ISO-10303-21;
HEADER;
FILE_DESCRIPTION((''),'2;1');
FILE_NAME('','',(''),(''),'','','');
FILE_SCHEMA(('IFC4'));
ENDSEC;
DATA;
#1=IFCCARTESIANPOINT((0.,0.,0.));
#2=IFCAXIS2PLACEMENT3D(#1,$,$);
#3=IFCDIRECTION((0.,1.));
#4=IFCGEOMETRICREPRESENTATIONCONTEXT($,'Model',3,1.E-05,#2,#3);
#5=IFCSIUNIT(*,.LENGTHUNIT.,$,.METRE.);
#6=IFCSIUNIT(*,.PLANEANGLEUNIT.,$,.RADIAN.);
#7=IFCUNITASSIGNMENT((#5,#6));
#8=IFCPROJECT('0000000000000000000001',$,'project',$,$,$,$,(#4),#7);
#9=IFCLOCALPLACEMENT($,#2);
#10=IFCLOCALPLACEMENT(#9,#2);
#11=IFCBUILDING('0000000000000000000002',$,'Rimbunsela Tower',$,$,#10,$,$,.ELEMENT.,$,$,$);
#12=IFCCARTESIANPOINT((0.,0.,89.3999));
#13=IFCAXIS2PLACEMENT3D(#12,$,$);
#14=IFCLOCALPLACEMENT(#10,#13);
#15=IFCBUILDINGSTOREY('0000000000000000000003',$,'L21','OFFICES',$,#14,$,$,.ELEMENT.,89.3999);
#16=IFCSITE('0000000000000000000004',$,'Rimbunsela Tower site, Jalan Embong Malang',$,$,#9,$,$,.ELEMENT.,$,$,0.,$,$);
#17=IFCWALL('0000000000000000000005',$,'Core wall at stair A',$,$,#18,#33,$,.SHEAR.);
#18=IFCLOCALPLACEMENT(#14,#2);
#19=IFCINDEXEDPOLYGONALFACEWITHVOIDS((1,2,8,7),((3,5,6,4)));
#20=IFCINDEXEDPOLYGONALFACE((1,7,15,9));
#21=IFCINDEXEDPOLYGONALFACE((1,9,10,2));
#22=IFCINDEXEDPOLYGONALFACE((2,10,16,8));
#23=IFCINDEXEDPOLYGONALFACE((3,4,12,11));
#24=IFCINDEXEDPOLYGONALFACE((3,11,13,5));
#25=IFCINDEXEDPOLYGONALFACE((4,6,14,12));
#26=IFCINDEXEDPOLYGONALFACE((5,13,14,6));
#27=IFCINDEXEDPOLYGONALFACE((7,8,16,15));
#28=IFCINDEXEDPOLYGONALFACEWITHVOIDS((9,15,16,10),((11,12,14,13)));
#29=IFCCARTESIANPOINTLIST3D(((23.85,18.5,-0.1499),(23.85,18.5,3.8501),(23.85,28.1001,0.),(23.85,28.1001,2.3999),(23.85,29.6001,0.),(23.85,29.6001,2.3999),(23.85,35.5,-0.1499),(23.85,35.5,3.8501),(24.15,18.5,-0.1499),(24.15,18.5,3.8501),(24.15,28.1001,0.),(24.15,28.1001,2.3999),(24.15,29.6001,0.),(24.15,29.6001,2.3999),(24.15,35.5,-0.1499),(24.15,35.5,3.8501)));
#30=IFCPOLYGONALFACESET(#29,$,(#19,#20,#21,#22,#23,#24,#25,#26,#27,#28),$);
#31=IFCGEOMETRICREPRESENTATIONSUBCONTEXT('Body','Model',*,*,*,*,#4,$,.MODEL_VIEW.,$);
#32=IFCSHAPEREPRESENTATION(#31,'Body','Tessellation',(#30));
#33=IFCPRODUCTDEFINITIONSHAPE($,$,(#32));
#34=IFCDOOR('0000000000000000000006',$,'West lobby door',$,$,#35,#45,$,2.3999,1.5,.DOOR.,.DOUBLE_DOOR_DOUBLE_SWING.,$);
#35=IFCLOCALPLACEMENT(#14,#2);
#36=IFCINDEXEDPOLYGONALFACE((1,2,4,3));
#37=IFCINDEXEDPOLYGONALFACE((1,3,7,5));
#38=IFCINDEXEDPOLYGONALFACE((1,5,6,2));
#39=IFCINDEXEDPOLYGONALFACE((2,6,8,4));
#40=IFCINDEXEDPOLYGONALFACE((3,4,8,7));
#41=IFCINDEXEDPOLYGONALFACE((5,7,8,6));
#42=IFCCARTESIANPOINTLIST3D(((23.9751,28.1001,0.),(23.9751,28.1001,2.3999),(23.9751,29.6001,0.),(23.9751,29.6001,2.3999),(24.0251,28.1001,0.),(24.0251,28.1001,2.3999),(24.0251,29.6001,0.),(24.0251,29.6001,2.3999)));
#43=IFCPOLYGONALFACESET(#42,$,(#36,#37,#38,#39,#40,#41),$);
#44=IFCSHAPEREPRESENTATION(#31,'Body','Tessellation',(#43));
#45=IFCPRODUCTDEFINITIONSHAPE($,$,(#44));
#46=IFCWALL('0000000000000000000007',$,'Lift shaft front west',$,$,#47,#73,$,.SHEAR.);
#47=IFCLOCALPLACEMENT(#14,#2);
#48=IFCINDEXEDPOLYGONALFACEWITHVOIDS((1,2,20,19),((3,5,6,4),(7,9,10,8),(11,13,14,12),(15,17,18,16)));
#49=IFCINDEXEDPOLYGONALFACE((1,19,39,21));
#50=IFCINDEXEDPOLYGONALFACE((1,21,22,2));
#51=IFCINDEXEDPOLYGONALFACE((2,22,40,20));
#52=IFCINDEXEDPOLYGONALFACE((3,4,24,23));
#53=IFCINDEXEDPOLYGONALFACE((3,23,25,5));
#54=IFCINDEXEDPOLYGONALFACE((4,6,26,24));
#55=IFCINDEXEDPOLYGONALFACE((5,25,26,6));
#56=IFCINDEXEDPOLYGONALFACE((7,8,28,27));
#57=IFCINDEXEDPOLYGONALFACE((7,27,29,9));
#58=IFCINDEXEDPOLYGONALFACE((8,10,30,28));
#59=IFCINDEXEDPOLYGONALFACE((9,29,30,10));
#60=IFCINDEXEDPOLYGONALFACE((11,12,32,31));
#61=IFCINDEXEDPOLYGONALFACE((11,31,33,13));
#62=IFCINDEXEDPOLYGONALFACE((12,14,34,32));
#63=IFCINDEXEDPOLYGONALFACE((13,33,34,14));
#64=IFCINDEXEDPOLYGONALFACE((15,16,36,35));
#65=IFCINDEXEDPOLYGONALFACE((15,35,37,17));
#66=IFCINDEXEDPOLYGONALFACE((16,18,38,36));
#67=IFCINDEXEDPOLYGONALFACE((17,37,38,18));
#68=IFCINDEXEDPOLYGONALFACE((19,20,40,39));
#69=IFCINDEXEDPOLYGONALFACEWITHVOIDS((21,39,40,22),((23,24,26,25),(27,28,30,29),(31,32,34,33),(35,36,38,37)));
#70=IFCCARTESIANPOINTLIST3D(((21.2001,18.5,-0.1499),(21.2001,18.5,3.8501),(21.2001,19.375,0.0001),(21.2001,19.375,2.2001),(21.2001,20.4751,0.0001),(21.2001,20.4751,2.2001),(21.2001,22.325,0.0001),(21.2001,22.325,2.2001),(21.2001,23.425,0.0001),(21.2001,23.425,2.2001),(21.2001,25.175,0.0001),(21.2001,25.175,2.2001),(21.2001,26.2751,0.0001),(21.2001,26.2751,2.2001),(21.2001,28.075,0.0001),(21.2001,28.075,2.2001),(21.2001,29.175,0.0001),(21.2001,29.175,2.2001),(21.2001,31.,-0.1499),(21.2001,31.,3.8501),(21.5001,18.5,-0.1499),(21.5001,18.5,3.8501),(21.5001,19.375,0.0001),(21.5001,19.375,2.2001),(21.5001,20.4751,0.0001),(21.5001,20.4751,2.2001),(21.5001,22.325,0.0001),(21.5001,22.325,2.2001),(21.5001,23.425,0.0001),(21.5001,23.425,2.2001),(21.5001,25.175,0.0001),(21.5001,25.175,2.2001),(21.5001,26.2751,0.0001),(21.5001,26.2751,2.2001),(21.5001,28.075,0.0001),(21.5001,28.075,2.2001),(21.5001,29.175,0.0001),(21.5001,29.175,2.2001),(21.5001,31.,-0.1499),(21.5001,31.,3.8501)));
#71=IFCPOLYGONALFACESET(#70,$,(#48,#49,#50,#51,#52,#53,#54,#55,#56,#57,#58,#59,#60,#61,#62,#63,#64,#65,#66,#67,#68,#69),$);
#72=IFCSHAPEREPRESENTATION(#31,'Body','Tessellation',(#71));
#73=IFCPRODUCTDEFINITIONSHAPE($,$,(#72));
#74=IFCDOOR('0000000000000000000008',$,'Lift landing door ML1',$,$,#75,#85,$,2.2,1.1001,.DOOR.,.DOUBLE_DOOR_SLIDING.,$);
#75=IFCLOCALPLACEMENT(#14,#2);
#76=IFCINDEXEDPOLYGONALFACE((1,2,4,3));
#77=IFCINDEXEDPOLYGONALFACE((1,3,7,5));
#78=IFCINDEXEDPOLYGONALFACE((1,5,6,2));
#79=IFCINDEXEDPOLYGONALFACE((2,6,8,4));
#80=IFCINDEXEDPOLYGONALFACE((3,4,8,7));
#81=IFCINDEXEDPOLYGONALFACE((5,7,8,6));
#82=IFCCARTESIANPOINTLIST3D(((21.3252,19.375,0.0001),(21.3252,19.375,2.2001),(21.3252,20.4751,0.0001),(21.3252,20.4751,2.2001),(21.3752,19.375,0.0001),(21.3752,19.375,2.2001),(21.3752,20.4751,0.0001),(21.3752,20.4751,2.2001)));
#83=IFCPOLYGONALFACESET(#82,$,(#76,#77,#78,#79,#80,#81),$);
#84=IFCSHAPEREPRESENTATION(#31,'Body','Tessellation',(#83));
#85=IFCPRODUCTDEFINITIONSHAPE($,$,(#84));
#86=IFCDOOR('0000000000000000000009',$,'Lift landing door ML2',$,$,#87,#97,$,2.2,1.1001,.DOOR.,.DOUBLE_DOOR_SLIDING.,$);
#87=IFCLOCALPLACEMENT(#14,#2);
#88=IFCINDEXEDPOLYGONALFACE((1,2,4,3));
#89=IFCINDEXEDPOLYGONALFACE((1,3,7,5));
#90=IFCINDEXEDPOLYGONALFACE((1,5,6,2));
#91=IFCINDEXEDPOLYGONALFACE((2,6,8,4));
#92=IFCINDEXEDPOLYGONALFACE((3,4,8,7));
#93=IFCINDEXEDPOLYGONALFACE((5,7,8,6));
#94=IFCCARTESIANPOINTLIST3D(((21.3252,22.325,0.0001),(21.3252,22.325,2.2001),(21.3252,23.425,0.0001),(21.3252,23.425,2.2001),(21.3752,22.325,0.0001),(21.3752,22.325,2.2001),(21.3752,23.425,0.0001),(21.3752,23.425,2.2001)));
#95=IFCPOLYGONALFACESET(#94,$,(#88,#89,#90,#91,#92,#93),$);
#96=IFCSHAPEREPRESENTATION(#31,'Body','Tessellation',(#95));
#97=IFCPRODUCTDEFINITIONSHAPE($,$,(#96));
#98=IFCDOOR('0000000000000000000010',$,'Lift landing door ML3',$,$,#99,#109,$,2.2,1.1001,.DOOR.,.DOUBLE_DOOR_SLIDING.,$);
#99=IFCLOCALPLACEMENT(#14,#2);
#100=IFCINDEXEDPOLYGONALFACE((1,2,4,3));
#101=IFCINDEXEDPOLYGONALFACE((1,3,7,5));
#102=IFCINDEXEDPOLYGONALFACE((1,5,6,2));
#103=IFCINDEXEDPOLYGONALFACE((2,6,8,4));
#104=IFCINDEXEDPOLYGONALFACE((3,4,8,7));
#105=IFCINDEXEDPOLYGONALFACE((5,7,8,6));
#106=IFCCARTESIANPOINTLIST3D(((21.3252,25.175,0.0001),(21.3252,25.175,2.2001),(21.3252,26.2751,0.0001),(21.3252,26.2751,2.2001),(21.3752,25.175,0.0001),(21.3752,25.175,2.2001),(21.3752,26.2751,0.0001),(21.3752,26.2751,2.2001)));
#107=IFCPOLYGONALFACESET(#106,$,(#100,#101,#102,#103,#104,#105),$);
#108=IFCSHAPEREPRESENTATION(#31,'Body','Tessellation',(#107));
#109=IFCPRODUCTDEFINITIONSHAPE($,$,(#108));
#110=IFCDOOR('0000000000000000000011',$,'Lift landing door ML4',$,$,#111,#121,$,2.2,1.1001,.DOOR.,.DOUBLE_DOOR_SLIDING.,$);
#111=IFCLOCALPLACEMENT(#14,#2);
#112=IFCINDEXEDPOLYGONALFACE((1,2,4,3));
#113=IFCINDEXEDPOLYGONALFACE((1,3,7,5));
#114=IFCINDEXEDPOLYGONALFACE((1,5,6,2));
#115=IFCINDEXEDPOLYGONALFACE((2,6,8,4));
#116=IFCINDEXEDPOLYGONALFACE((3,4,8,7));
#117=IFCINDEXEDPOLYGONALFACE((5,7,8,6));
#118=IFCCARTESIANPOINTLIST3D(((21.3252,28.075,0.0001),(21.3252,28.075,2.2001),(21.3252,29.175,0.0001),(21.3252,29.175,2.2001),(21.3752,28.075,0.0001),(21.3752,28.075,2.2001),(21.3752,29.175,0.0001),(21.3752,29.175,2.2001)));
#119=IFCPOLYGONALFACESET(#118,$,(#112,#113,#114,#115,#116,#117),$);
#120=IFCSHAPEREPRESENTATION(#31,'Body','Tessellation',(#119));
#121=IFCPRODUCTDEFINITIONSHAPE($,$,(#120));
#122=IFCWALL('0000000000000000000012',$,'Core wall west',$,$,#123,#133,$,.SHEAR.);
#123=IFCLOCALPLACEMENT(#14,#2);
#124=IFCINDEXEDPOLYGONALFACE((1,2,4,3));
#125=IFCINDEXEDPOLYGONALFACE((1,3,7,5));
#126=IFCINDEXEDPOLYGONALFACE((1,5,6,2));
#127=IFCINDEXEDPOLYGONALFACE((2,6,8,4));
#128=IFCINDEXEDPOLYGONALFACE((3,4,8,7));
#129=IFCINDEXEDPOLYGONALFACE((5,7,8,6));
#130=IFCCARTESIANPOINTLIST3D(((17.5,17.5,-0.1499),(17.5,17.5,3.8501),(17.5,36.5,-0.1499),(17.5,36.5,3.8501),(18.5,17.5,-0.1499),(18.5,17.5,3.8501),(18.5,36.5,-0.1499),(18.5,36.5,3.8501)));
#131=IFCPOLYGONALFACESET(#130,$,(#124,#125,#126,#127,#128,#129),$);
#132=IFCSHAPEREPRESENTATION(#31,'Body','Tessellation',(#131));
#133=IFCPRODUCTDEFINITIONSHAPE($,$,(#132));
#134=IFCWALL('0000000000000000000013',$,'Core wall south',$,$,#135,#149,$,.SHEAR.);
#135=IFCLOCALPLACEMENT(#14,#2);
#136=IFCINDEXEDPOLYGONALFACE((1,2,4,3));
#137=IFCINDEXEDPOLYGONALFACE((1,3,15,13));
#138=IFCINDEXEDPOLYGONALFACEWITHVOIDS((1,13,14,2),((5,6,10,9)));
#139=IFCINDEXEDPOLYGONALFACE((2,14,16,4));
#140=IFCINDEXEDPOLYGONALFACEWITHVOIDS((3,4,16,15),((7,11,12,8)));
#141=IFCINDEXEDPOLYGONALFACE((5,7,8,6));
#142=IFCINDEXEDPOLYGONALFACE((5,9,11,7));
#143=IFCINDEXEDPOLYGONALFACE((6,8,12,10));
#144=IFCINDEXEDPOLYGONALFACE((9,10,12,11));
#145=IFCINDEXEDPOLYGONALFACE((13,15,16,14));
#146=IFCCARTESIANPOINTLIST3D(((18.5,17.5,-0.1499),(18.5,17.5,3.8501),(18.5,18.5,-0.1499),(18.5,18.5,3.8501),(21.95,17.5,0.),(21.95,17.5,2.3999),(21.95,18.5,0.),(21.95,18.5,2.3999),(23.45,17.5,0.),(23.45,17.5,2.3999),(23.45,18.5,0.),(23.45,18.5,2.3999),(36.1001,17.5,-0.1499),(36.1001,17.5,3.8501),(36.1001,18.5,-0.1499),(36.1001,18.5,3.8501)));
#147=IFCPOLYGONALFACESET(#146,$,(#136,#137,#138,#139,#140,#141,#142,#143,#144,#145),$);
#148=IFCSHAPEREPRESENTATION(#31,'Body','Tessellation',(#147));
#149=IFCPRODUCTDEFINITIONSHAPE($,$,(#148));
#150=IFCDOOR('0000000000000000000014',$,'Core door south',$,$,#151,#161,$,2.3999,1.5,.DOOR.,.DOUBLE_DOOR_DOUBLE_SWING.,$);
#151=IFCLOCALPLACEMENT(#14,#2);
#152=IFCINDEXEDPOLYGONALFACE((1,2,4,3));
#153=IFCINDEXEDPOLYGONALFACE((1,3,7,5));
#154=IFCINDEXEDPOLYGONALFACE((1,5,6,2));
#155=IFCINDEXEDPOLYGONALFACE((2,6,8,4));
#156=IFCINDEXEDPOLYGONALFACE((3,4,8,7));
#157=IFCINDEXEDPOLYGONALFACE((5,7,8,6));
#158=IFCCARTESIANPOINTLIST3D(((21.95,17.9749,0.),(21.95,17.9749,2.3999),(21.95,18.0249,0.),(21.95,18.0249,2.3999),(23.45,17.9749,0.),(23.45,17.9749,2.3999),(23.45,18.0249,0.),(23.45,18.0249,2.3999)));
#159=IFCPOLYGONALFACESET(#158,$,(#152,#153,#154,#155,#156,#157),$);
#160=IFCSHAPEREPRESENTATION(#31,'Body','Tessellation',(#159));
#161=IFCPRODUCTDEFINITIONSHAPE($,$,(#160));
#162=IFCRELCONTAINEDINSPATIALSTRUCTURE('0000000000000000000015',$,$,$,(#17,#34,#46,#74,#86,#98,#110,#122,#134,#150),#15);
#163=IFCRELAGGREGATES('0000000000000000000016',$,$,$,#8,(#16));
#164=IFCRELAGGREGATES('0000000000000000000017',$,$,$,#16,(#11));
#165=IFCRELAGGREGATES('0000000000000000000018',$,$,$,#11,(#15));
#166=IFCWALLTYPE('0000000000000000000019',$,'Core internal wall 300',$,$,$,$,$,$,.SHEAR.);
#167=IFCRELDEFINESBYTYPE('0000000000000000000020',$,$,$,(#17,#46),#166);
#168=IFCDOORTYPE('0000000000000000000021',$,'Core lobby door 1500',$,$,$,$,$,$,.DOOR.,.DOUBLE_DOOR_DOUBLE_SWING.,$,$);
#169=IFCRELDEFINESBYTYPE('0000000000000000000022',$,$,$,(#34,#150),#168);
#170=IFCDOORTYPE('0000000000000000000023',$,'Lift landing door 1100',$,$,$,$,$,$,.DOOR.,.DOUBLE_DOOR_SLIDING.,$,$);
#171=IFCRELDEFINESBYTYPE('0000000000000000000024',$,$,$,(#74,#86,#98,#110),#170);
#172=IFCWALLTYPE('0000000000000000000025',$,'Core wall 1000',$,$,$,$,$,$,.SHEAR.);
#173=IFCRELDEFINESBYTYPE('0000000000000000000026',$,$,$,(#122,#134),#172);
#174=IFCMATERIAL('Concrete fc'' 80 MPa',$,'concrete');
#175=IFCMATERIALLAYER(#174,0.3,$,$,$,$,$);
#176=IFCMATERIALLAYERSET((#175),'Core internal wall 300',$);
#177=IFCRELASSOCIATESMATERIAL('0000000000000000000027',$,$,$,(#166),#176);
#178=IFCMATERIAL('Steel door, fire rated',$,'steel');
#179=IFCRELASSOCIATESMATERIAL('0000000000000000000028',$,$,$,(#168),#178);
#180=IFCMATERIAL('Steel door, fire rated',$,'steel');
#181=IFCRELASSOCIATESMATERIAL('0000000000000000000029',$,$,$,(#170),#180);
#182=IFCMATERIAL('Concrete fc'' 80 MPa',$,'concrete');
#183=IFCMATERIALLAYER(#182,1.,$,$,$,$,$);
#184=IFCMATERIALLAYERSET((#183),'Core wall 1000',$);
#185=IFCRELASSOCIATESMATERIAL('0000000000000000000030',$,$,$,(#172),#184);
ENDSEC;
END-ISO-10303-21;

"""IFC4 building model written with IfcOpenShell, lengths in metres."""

from ifc_helpers import new_model, si_unit, direction, frame, frame_2d, origin, place, context, subcontext, project, spatial, rectangle, extrude, material, layer, layer_set, type_object, element, fill, save


model = new_model("IFC4")

# Units and contexts
model_context = context("Model", 3, precision=1e-05, world=origin(), true_north=direction((0.0, 1.0)))
body_context = subcontext(model_context, "Body", "Model", "MODEL_VIEW")
ifc_project = project(units=[si_unit("LENGTHUNIT", "METRE"), si_unit("PLANEANGLEUNIT", "RADIAN")], contexts=[model_context])

# Site, building, storey
site_placement = place(None, origin())
site = spatial("IfcSite", under=ifc_project, at=site_placement, Name="Rimbunsela Tower site, Jalan Embong Malang", CompositionType="ELEMENT", RefElevation=0.0)
building_placement = place(site_placement, origin())
building = spatial("IfcBuilding", under=site, at=building_placement, Name="Rimbunsela Tower", CompositionType="ELEMENT")
storey_placement = place(building_placement, frame((0.0, 0.0, 89.3999)))
storey = spatial("IfcBuildingStorey", under=building, at=storey_placement, Name="L21", Description="OFFICES", CompositionType="ELEMENT", Elevation=89.3999)

# Wall, opening, door
ifc_material_1 = material(Name="Concrete fc' 80 MPa", Category="concrete")
ifc_layer_1 = layer(ifc_material_1, 0.3)
ifc_layer_set_1 = layer_set([ifc_layer_1], Name="Core internal wall 300")
wall_type_1 = type_object("IfcWallType", Name="Core internal wall 300", PredefinedType="SHEAR", material=ifc_layer_set_1)
wall_1_placement = place(storey_placement, frame((24.0, 18.5, -0.1499), z_axis=(0.0, 0.0, 1.0), x_axis=(0.0, 1.0, 0.0)))
wall_1 = element("IfcWall", 1, at=wall_1_placement, inside=storey, type_object=wall_type_1, Name="Core wall at stair A", PredefinedType="SHEAR", context=body_context, shape_type="SweptSolid", body=[
    extrude(rectangle(XDim=17.0, YDim=0.3, at=frame_2d((8.5, 0.0))), origin(), (0.0, 0.0, 1.0), 4.0),
])
opening_1_placement = place(wall_1_placement, frame((9.6001, 0.0, 0.1499)))
opening_1 = element("IfcOpeningElement", 2, at=opening_1_placement, cuts=wall_1, PredefinedType="OPENING", context=body_context, shape_type="SweptSolid", body=[
    extrude(rectangle(XDim=1.5, YDim=2.3999, at=frame_2d((0.75, 1.2))), frame((0.0, 0.1599, 0.0), z_axis=(0.0, -1.0, 0.0), x_axis=(1.0, 0.0, 0.0)), (0.0, 0.0, 1.0), 0.3201),
])
ifc_material_2 = material(Name="Steel door, fire rated", Category="steel")
door_type_1 = type_object("IfcDoorType", Name="Core lobby door 1500", OperationType="DOUBLE_DOOR_DOUBLE_SWING", PredefinedType="DOOR", material=ifc_material_2)
door_1_placement = place(opening_1_placement, origin())
door_1 = element("IfcDoor", 3, at=door_1_placement, inside=storey, type_object=door_type_1, Name="West lobby door", OperationType="DOUBLE_DOOR_DOUBLE_SWING", OverallHeight=2.3999, OverallWidth=1.5, PredefinedType="DOOR", context=body_context, shape_type="SweptSolid", body=[
    extrude(rectangle(XDim=1.5, YDim=2.3999, at=frame_2d((0.75, 1.2))), frame((0.0, 0.0249, 0.0), z_axis=(0.0, -1.0, 0.0), x_axis=(1.0, 0.0, 0.0)), (0.0, 0.0, 1.0), 0.05),
])
fill(opening_1, door_1)

# Wall, openings, doors
wall_2_placement = place(storey_placement, frame((21.3501, 18.5, -0.1499), z_axis=(0.0, 0.0, 1.0), x_axis=(0.0, 1.0, 0.0)))
wall_2 = element("IfcWall", 4, at=wall_2_placement, inside=storey, type_object=wall_type_1, Name="Lift shaft front west", PredefinedType="SHEAR", context=body_context, shape_type="SweptSolid", body=[
    extrude(rectangle(XDim=12.5, YDim=0.3, at=frame_2d((6.25, 0.0))), origin(), (0.0, 0.0, 1.0), 4.0),
])
opening_2_placement = place(wall_2_placement, frame((0.875, 0.0, 0.1499)))
opening_2 = element("IfcOpeningElement", 5, at=opening_2_placement, cuts=wall_2, PredefinedType="OPENING", context=body_context, shape_type="SweptSolid", body=[
    extrude(rectangle(XDim=1.1001, YDim=2.2, at=frame_2d((0.55, 1.1001))), frame((0.0, 0.1599, 0.0), z_axis=(0.0, -1.0, 0.0), x_axis=(1.0, 0.0, 0.0)), (0.0, 0.0, 1.0), 0.3201),
])
opening_3_placement = place(wall_2_placement, frame((3.825, 0.0, 0.1499)))
opening_3 = element("IfcOpeningElement", 6, at=opening_3_placement, cuts=wall_2, PredefinedType="OPENING", context=body_context, shape_type="SweptSolid", body=[
    extrude(rectangle(XDim=1.1001, YDim=2.2, at=frame_2d((0.55, 1.1001))), frame((0.0, 0.1599, 0.0), z_axis=(0.0, -1.0, 0.0), x_axis=(1.0, 0.0, 0.0)), (0.0, 0.0, 1.0), 0.3201),
])
opening_4_placement = place(wall_2_placement, frame((6.675, 0.0, 0.1499)))
opening_4 = element("IfcOpeningElement", 7, at=opening_4_placement, cuts=wall_2, PredefinedType="OPENING", context=body_context, shape_type="SweptSolid", body=[
    extrude(rectangle(XDim=1.1001, YDim=2.2, at=frame_2d((0.55, 1.1001))), frame((0.0, 0.1599, 0.0), z_axis=(0.0, -1.0, 0.0), x_axis=(1.0, 0.0, 0.0)), (0.0, 0.0, 1.0), 0.3201),
])
opening_5_placement = place(wall_2_placement, frame((9.575, 0.0, 0.1499)))
opening_5 = element("IfcOpeningElement", 8, at=opening_5_placement, cuts=wall_2, PredefinedType="OPENING", context=body_context, shape_type="SweptSolid", body=[
    extrude(rectangle(XDim=1.1001, YDim=2.2, at=frame_2d((0.55, 1.1001))), frame((0.0, 0.1599, 0.0), z_axis=(0.0, -1.0, 0.0), x_axis=(1.0, 0.0, 0.0)), (0.0, 0.0, 1.0), 0.3201),
])
ifc_material_3 = material(Name="Steel door, fire rated", Category="steel")
door_type_2 = type_object("IfcDoorType", Name="Lift landing door 1100", OperationType="DOUBLE_DOOR_SLIDING", PredefinedType="DOOR", material=ifc_material_3)
door_2_placement = place(opening_2_placement, origin())
door_2 = element("IfcDoor", 9, at=door_2_placement, inside=storey, type_object=door_type_2, Name="Lift landing door ML1", OperationType="DOUBLE_DOOR_SLIDING", OverallHeight=2.2, OverallWidth=1.1001, PredefinedType="DOOR", context=body_context, shape_type="SweptSolid", body=[
    extrude(rectangle(XDim=1.1001, YDim=2.2, at=frame_2d((0.55, 1.1001))), frame((0.0, 0.0249, 0.0), z_axis=(0.0, -1.0, 0.0), x_axis=(1.0, 0.0, 0.0)), (0.0, 0.0, 1.0), 0.05),
])
fill(opening_2, door_2)
door_3_placement = place(opening_3_placement, origin())
door_3 = element("IfcDoor", 10, at=door_3_placement, inside=storey, type_object=door_type_2, Name="Lift landing door ML2", OperationType="DOUBLE_DOOR_SLIDING", OverallHeight=2.2, OverallWidth=1.1001, PredefinedType="DOOR", context=body_context, shape_type="SweptSolid", body=[
    extrude(rectangle(XDim=1.1001, YDim=2.2, at=frame_2d((0.55, 1.1001))), frame((0.0, 0.0249, 0.0), z_axis=(0.0, -1.0, 0.0), x_axis=(1.0, 0.0, 0.0)), (0.0, 0.0, 1.0), 0.05),
])
fill(opening_3, door_3)
door_4_placement = place(opening_4_placement, origin())
door_4 = element("IfcDoor", 11, at=door_4_placement, inside=storey, type_object=door_type_2, Name="Lift landing door ML3", OperationType="DOUBLE_DOOR_SLIDING", OverallHeight=2.2, OverallWidth=1.1001, PredefinedType="DOOR", context=body_context, shape_type="SweptSolid", body=[
    extrude(rectangle(XDim=1.1001, YDim=2.2, at=frame_2d((0.55, 1.1001))), frame((0.0, 0.0249, 0.0), z_axis=(0.0, -1.0, 0.0), x_axis=(1.0, 0.0, 0.0)), (0.0, 0.0, 1.0), 0.05),
])
fill(opening_4, door_4)
door_5_placement = place(opening_5_placement, origin())
door_5 = element("IfcDoor", 12, at=door_5_placement, inside=storey, type_object=door_type_2, Name="Lift landing door ML4", OperationType="DOUBLE_DOOR_SLIDING", OverallHeight=2.2, OverallWidth=1.1001, PredefinedType="DOOR", context=body_context, shape_type="SweptSolid", body=[
    extrude(rectangle(XDim=1.1001, YDim=2.2, at=frame_2d((0.55, 1.1001))), frame((0.0, 0.0249, 0.0), z_axis=(0.0, -1.0, 0.0), x_axis=(1.0, 0.0, 0.0)), (0.0, 0.0, 1.0), 0.05),
])
fill(opening_5, door_5)

# Wall
ifc_material_4 = material(Name="Concrete fc' 80 MPa", Category="concrete")
ifc_layer_2 = layer(ifc_material_4, 1.0)
ifc_layer_set_2 = layer_set([ifc_layer_2], Name="Core wall 1000")
wall_type_2 = type_object("IfcWallType", Name="Core wall 1000", PredefinedType="SHEAR", material=ifc_layer_set_2)
wall_3_placement = place(storey_placement, frame((18.0, 17.5, -0.1499), z_axis=(0.0, 0.0, 1.0), x_axis=(0.0, 1.0, 0.0)))
element("IfcWall", 13, at=wall_3_placement, inside=storey, type_object=wall_type_2, Name="Core wall west", PredefinedType="SHEAR", context=body_context, shape_type="SweptSolid", body=[
    extrude(rectangle(XDim=19.0, YDim=1.0, at=frame_2d((9.5, 0.0))), origin(), (0.0, 0.0, 1.0), 4.0),
])

# Wall, opening, door
wall_4_placement = place(storey_placement, frame((18.5, 18.0, -0.1499), z_axis=(0.0, 0.0, 1.0), x_axis=(1.0, 0.0, 0.0)))
wall_4 = element("IfcWall", 14, at=wall_4_placement, inside=storey, type_object=wall_type_2, Name="Core wall south", PredefinedType="SHEAR", context=body_context, shape_type="SweptSolid", body=[
    extrude(rectangle(XDim=17.6001, YDim=1.0, at=frame_2d((8.8, 0.0))), origin(), (0.0, 0.0, 1.0), 4.0),
])
opening_6_placement = place(wall_4_placement, frame((3.45, 0.0, 0.1499)))
opening_6 = element("IfcOpeningElement", 15, at=opening_6_placement, cuts=wall_4, PredefinedType="OPENING", context=body_context, shape_type="SweptSolid", body=[
    extrude(rectangle(XDim=1.5, YDim=2.3999, at=frame_2d((0.75, 1.2))), frame((0.0, 0.51, 0.0), z_axis=(0.0, -1.0, 0.0), x_axis=(1.0, 0.0, 0.0)), (0.0, 0.0, 1.0), 1.02),
])
door_6_placement = place(opening_6_placement, origin())
door_6 = element("IfcDoor", 16, at=door_6_placement, inside=storey, type_object=door_type_1, Name="Core door south", OperationType="DOUBLE_DOOR_DOUBLE_SWING", OverallHeight=2.3999, OverallWidth=1.5, PredefinedType="DOOR", context=body_context, shape_type="SweptSolid", body=[
    extrude(rectangle(XDim=1.5, YDim=2.3999, at=frame_2d((0.75, 1.2))), frame((0.0, 0.0249, 0.0), z_axis=(0.0, -1.0, 0.0), x_axis=(1.0, 0.0, 0.0)), (0.0, 0.0, 1.0), 0.05),
])
fill(opening_6, door_6)

save(model, "model.ifc")
